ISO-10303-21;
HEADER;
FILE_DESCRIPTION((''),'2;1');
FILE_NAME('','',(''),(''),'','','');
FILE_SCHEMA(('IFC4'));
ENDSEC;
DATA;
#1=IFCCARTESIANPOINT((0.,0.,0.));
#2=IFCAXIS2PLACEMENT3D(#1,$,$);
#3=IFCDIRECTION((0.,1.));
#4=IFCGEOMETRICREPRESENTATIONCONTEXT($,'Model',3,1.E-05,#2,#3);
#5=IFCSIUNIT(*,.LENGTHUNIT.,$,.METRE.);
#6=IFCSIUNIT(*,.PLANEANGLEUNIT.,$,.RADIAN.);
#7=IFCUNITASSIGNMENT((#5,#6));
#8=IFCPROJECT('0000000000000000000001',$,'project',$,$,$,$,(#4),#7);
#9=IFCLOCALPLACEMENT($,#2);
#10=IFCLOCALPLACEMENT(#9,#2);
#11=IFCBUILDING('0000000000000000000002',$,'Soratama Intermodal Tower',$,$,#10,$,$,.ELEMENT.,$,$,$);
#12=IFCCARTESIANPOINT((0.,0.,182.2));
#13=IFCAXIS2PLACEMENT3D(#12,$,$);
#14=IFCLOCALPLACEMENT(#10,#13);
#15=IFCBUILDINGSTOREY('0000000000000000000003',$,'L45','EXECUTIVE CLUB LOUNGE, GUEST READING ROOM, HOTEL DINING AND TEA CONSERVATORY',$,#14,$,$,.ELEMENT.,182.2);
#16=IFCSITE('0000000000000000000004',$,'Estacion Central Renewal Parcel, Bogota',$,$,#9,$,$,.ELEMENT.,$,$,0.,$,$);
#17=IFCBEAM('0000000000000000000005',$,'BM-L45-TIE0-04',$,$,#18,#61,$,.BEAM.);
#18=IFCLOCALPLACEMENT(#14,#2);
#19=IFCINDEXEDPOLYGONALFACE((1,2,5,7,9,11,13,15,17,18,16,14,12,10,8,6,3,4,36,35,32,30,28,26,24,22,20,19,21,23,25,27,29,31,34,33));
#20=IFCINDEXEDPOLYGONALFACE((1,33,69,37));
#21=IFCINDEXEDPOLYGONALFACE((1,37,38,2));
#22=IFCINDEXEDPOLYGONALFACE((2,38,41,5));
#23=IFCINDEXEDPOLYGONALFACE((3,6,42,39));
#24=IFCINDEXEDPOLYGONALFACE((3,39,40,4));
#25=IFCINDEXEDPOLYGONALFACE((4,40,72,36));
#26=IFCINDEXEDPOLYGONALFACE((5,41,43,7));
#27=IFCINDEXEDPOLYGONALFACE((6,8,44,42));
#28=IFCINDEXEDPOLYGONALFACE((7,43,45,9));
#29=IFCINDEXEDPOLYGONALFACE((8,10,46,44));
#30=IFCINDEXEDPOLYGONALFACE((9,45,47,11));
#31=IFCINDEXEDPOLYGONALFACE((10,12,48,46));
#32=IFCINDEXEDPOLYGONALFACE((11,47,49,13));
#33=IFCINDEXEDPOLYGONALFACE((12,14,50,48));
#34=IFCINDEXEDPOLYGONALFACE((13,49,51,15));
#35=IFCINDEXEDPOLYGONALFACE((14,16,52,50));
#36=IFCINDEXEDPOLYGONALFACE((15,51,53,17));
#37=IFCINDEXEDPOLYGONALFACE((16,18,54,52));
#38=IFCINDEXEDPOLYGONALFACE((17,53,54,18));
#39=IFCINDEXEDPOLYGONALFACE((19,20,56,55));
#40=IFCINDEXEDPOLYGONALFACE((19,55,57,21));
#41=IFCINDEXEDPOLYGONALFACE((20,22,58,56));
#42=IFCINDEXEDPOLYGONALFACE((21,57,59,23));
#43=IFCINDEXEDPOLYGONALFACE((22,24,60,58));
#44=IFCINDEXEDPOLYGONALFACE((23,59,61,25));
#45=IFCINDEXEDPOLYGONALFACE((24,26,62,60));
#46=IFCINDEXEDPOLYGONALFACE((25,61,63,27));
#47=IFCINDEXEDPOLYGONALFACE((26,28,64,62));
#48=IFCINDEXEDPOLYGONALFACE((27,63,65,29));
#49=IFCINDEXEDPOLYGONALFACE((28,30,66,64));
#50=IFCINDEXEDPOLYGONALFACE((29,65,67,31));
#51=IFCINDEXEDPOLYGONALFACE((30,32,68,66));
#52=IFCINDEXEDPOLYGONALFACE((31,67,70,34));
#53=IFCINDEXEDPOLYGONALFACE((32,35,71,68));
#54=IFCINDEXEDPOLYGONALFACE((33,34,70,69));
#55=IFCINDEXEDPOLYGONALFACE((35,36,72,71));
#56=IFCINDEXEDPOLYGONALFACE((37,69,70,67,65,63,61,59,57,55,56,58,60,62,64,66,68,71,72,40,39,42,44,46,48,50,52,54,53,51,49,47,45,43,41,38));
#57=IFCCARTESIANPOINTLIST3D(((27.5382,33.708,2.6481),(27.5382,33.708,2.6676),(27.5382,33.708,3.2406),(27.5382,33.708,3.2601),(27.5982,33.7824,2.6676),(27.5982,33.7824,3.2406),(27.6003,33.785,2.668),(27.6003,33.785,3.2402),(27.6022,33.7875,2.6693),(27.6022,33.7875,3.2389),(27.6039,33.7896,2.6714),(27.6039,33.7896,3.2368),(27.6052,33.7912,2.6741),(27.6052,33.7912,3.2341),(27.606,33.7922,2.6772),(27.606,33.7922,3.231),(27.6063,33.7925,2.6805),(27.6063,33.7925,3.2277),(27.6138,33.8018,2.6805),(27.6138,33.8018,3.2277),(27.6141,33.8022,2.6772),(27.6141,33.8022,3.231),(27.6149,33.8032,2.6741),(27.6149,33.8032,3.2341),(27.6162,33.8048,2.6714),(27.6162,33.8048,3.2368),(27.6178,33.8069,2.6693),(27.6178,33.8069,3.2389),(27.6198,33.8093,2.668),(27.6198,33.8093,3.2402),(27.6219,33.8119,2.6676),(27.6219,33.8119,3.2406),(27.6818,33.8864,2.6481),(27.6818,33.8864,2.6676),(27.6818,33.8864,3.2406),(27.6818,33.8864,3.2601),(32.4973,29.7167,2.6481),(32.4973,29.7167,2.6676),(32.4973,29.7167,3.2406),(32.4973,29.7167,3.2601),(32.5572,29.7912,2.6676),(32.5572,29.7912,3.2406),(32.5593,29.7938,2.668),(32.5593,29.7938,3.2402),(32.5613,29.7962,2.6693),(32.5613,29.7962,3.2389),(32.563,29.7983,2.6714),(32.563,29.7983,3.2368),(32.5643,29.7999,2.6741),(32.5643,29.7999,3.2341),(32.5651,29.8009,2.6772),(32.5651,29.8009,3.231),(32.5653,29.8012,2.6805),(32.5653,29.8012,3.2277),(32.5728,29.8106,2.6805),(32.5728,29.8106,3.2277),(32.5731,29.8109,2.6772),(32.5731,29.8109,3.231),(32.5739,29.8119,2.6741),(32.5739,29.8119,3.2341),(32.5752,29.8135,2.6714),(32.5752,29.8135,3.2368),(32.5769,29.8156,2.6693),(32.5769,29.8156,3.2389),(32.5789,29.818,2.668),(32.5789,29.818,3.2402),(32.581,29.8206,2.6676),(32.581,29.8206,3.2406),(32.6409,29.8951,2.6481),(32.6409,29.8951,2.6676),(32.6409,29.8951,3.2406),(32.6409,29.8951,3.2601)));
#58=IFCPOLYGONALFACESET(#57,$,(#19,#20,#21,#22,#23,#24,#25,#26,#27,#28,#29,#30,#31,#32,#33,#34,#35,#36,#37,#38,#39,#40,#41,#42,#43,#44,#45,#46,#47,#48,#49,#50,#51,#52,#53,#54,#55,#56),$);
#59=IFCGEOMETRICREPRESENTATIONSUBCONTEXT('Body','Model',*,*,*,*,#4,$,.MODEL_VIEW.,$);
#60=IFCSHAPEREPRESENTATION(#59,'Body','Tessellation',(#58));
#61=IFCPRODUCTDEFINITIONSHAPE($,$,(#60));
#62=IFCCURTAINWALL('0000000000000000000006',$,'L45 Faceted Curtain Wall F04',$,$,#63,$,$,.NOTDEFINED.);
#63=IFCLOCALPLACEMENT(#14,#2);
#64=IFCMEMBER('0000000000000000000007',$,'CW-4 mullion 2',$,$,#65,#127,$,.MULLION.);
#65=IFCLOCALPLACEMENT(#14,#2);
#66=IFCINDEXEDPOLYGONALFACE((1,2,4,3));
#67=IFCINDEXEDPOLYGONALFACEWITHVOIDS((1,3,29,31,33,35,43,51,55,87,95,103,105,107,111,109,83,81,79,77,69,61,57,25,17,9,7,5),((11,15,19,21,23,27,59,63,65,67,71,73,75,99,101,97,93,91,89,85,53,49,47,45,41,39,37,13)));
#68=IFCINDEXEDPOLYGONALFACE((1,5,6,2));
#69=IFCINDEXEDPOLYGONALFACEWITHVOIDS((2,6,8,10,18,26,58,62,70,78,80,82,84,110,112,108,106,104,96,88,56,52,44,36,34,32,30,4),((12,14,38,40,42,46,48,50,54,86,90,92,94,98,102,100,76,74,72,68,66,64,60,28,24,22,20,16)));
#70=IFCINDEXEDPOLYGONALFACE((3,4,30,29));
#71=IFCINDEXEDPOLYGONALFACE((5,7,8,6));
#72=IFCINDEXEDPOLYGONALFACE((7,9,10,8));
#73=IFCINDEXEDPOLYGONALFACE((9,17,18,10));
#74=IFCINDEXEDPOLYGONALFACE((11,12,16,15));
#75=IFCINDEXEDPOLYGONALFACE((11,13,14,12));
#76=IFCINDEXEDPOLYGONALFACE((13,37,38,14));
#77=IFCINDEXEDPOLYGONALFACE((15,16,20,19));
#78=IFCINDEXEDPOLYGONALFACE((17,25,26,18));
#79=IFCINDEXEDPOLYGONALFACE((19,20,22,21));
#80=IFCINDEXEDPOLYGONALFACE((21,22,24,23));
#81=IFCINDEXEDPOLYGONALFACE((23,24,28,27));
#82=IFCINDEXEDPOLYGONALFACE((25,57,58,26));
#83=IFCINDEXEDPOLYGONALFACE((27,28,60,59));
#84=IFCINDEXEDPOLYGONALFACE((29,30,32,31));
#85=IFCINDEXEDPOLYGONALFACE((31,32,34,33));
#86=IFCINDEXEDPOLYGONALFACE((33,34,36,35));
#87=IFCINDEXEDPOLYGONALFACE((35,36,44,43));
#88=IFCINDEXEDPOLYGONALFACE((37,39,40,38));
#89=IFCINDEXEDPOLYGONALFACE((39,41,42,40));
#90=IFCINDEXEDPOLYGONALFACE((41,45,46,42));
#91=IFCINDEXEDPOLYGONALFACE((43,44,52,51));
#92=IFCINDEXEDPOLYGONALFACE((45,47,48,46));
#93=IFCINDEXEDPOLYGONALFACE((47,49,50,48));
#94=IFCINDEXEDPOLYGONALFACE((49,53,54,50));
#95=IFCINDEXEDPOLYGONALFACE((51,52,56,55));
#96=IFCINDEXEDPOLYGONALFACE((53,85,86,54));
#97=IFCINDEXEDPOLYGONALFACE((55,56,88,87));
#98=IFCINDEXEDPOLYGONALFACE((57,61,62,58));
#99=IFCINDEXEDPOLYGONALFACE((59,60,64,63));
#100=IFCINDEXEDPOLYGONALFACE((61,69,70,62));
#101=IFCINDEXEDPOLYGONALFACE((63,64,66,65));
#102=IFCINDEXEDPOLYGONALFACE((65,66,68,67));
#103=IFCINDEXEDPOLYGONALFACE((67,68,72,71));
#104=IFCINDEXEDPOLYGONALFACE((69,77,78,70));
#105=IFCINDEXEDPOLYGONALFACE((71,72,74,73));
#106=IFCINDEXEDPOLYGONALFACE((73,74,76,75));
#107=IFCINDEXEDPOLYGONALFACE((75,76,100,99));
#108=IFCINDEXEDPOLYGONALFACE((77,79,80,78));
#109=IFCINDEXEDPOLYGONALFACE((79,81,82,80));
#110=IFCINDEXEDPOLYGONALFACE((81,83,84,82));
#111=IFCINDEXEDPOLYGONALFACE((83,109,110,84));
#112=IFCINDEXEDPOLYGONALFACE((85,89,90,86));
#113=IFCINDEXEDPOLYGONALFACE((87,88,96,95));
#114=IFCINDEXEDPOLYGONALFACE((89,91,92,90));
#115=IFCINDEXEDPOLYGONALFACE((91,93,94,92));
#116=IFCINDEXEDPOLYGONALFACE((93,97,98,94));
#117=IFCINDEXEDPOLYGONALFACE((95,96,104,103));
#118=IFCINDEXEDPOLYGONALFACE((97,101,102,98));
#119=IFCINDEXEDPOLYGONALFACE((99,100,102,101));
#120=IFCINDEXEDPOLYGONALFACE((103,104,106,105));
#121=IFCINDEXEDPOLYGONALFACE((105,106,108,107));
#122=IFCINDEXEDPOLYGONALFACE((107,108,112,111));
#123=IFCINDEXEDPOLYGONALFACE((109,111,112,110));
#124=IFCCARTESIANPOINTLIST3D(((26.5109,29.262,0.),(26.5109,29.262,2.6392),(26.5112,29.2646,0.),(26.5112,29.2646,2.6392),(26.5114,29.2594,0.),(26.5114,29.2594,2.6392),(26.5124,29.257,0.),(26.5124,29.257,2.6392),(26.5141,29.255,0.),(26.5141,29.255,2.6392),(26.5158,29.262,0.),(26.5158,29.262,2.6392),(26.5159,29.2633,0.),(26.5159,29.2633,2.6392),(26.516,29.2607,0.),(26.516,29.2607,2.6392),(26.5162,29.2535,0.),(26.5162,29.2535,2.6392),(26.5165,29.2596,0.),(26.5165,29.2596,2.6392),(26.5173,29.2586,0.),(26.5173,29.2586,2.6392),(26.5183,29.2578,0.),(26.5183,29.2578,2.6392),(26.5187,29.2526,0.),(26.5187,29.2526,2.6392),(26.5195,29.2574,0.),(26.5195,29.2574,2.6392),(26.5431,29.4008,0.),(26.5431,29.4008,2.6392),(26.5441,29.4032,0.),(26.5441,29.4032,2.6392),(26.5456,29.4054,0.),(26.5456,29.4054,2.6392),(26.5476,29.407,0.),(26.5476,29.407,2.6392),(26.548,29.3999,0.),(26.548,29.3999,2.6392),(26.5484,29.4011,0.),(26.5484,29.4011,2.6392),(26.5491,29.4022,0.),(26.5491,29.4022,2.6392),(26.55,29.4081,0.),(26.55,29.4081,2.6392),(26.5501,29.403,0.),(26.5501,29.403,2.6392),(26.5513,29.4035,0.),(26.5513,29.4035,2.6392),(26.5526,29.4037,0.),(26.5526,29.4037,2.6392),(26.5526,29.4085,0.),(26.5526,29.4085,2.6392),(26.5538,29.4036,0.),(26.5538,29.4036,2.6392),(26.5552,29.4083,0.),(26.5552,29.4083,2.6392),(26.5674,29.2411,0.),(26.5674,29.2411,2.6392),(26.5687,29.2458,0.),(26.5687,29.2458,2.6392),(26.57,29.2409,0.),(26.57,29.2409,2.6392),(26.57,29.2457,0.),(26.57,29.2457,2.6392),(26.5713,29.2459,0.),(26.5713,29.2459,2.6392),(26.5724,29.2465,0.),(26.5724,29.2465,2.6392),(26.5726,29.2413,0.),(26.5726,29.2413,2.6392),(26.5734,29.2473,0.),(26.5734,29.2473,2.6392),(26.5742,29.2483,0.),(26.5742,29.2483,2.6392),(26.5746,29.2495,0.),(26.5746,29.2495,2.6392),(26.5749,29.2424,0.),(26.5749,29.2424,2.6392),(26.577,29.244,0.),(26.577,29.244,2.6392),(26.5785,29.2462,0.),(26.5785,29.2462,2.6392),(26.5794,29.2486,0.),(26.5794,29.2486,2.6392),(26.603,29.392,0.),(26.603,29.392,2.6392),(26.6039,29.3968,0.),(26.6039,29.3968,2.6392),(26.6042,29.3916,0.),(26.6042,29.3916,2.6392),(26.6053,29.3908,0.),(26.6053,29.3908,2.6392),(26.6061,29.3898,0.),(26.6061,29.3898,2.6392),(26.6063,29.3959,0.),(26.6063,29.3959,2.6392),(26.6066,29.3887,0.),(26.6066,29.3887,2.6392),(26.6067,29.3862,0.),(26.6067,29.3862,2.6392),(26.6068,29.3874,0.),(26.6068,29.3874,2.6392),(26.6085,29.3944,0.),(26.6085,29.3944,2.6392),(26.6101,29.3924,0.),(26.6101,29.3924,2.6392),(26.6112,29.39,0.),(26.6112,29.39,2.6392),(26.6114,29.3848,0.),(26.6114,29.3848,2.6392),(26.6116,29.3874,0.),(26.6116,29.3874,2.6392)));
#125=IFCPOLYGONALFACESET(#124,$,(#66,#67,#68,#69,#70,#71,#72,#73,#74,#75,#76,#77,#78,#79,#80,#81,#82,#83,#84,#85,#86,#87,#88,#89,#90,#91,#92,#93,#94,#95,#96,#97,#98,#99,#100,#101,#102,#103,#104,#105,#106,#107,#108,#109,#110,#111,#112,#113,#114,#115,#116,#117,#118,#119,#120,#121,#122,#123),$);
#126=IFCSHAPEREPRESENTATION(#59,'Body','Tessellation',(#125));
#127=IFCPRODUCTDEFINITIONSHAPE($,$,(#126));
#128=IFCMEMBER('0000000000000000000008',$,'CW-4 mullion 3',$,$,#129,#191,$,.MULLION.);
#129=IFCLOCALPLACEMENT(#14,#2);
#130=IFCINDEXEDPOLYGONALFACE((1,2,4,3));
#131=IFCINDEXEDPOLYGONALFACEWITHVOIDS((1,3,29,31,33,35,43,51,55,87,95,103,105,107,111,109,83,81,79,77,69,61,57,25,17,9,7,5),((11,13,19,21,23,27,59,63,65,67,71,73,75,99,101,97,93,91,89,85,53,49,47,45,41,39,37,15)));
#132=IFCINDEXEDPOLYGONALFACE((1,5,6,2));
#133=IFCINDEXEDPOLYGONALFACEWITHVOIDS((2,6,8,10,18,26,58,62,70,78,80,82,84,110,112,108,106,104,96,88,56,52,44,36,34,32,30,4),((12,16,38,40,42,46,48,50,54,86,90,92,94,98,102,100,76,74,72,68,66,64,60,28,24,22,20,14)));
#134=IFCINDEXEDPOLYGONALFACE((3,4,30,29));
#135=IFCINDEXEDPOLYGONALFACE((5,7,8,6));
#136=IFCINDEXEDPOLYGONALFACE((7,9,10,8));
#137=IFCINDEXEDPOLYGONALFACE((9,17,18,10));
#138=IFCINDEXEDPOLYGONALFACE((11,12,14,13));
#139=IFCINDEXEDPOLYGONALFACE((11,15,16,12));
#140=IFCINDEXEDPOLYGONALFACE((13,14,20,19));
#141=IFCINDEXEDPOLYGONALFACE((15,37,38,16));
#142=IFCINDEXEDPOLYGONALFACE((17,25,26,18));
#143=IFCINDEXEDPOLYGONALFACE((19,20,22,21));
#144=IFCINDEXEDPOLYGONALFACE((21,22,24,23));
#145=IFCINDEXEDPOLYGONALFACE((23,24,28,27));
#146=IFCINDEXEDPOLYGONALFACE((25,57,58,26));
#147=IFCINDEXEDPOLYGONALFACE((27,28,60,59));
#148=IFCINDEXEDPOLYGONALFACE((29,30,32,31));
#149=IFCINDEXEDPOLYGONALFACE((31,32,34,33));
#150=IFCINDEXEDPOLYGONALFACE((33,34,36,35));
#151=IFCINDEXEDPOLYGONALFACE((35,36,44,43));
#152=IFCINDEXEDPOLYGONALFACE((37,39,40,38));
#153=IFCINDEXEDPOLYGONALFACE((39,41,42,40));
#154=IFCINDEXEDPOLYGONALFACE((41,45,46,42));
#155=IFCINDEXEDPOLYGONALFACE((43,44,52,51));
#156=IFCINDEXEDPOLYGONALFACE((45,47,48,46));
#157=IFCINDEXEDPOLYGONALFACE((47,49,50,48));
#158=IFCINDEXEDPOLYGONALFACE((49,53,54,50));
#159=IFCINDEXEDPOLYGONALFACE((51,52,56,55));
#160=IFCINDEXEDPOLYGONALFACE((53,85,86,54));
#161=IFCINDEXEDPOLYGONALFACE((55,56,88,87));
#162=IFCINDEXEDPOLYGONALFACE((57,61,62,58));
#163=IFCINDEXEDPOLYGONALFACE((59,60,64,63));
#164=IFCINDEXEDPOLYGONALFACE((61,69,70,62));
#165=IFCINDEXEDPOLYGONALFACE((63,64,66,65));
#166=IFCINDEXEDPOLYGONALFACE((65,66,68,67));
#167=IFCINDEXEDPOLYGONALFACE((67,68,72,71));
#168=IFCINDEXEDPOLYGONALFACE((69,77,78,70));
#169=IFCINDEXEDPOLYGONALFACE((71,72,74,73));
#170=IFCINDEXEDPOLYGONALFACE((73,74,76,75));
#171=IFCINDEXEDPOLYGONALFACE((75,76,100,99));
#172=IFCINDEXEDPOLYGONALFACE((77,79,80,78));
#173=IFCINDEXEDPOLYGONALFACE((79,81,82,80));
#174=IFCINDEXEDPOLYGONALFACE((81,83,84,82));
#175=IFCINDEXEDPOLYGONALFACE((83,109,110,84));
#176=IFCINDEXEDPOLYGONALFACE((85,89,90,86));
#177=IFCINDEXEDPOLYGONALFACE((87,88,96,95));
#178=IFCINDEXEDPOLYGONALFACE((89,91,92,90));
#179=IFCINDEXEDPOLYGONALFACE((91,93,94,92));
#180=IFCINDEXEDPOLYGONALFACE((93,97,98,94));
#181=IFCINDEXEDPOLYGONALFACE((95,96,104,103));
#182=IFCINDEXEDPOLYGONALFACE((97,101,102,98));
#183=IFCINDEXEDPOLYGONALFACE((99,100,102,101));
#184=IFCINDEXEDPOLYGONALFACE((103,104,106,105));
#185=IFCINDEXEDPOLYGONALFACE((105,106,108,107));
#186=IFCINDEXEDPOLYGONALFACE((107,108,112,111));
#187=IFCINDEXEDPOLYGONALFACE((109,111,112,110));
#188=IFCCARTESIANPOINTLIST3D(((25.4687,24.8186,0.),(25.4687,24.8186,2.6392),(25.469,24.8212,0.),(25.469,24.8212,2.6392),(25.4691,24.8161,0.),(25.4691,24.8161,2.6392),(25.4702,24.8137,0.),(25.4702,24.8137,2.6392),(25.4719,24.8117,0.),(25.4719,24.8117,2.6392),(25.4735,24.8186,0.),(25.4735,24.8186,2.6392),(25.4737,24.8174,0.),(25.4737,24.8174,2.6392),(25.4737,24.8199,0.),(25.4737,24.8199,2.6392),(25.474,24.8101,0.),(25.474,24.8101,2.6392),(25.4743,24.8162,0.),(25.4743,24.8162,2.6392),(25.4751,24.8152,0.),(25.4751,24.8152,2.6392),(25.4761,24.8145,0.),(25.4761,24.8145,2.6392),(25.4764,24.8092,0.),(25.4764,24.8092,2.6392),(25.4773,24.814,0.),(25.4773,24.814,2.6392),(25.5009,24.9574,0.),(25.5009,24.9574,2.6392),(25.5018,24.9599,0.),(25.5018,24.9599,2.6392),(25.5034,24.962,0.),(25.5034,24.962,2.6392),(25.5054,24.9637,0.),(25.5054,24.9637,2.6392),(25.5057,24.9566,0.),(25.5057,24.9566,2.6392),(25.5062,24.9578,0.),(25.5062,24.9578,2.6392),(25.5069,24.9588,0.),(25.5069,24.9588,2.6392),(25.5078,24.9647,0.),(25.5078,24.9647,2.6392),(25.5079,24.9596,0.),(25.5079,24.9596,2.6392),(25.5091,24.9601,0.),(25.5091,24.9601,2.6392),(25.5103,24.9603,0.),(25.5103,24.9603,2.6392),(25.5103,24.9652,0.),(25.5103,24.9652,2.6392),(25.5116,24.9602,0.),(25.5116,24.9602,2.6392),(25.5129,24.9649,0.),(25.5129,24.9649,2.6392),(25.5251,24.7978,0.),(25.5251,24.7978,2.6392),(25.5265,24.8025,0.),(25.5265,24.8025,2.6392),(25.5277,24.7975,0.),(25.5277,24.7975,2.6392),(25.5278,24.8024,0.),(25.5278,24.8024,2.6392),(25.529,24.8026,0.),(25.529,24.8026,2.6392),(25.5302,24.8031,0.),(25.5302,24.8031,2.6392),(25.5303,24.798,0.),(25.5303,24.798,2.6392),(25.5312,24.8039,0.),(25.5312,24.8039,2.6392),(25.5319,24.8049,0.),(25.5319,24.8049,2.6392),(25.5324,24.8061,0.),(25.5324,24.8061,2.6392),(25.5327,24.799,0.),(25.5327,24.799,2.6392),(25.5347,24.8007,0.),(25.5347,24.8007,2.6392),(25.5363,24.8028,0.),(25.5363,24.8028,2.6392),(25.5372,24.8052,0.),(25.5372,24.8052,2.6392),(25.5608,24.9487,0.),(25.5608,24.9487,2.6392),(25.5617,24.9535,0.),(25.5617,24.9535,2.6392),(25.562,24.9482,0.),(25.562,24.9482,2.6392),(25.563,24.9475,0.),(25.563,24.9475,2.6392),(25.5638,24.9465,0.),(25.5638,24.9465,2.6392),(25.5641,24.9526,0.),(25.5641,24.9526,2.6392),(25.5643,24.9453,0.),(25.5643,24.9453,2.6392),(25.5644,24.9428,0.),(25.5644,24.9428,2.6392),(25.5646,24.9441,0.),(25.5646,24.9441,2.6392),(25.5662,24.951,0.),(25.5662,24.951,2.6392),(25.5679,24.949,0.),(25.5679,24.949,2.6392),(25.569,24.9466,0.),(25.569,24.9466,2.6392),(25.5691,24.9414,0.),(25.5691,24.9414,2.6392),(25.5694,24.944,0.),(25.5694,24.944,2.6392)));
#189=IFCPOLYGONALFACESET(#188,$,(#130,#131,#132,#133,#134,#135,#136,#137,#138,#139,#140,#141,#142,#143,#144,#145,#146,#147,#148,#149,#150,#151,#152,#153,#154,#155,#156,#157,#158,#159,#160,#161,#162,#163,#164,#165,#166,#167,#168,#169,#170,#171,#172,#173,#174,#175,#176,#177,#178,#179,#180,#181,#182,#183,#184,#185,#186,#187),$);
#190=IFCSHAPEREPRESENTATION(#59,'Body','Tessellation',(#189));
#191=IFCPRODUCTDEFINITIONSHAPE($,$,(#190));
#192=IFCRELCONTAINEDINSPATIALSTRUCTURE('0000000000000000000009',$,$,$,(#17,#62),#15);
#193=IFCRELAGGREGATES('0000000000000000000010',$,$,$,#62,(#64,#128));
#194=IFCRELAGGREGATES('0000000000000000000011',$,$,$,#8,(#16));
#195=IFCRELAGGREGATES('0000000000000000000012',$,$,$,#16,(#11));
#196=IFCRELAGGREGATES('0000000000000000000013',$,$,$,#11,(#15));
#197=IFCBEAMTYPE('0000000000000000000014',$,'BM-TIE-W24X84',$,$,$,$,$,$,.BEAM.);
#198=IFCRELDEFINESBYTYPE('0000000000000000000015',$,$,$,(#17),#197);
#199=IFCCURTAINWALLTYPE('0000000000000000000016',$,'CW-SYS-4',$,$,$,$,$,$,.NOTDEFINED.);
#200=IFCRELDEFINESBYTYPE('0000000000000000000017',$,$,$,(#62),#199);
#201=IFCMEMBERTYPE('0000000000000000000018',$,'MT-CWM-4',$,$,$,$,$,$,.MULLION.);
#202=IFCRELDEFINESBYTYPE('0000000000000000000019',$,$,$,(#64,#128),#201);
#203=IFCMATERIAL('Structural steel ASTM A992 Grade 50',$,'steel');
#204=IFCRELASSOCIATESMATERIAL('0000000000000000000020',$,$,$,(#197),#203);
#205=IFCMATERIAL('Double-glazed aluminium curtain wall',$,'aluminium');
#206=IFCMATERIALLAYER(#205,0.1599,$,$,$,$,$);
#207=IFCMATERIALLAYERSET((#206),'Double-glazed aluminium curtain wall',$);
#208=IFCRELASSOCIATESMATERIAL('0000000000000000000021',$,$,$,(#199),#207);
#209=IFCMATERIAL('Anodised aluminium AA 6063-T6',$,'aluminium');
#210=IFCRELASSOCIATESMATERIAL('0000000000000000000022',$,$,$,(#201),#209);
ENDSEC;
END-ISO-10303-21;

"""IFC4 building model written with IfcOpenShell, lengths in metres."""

from ifc_helpers import new_model, si_unit, direction, frame, origin, origin_2d, place, context, subcontext, project, spatial, hollow_rectangle, i_section, extrude, material, layer, layer_set, material_profile, profile_set, type_object, element, aggregate, save


model = new_model("IFC4")

# Units and contexts
model_context = context("Model", 3, precision=1e-05, world=origin(), true_north=direction((0.0, 1.0)))
body_context = subcontext(model_context, "Body", "Model", "MODEL_VIEW")
ifc_project = project(units=[si_unit("LENGTHUNIT", "METRE"), si_unit("PLANEANGLEUNIT", "RADIAN")], contexts=[model_context])

# Site, building, storey
site_placement = place(None, origin())
site = spatial("IfcSite", under=ifc_project, at=site_placement, Name="Estacion Central Renewal Parcel, Bogota", CompositionType="ELEMENT", RefElevation=0.0)
building_placement = place(site_placement, origin())
building = spatial("IfcBuilding", under=site, at=building_placement, Name="Soratama Intermodal Tower", CompositionType="ELEMENT")
storey_placement = place(building_placement, frame((0.0, 0.0, 182.2)))
storey = spatial("IfcBuildingStorey", under=building, at=storey_placement, Name="L45", Description="EXECUTIVE CLUB LOUNGE, GUEST READING ROOM, HOTEL DINING AND TEA CONSERVATORY", CompositionType="ELEMENT", Elevation=182.2)

# Beam
ifc_material_1 = material(Name="Structural steel ASTM A992 Grade 50", Category="steel")
ifc_material_profile_1 = material_profile(ifc_material_1, i_section(OverallWidth=0.229, OverallDepth=0.6121, WebThickness=0.012, FlangeThickness=0.0195, FilletRadius=0.0129, at=origin_2d()), Name="W24X84")
ifc_profile_set_1 = profile_set([ifc_material_profile_1], Name="Structural steel ASTM A992 Grade 50")
beam_type_1 = type_object("IfcBeamType", Name="BM-TIE-W24X84", PredefinedType="BEAM", material=ifc_profile_set_1)
beam_1_placement = place(storey_placement, frame((32.5691, 29.8059, 2.9541), z_axis=(-0.779024, 0.626994, 0.0), x_axis=(-0.626994, -0.779024, 0.0)))
element("IfcBeam", 1, at=beam_1_placement, inside=storey, type_object=beam_type_1, Name="BM-L45-TIE0-04", PredefinedType="BEAM", context=body_context, shape_type="SweptSolid", body=[
    extrude(i_section(OverallWidth=0.229, OverallDepth=0.6121, WebThickness=0.012, FlangeThickness=0.0195, FilletRadius=0.0129, at=origin_2d()), origin(), (0.0, 0.0, 1.0), 6.3657),
])

# Curtain wall, members
ifc_material_2 = material(Name="Double-glazed aluminium curtain wall", Category="aluminium")
ifc_layer_1 = layer(ifc_material_2, 0.1599)
ifc_layer_set_1 = layer_set([ifc_layer_1], Name="Double-glazed aluminium curtain wall")
curtain_wall_type = type_object("IfcCurtainWallType", Name="CW-SYS-4", PredefinedType="NOTDEFINED", material=ifc_layer_set_1)
curtain_wall_placement = place(storey_placement, origin())
curtain_wall = element("IfcCurtainWall", 2, at=curtain_wall_placement, inside=storey, type_object=curtain_wall_type, Name="L45 Faceted Curtain Wall F04", PredefinedType="NOTDEFINED")
ifc_material_3 = material(Name="Anodised aluminium AA 6063-T6", Category="aluminium")
ifc_material_profile_2 = material_profile(ifc_material_3, hollow_rectangle(XDim=0.0701, YDim=0.1599, WallThickness=0.0049, InnerFilletRadius=0.0049, OuterFilletRadius=0.01, at=origin_2d()), Name="CWM160X70X5")
ifc_profile_set_2 = profile_set([ifc_material_profile_2], Name="Anodised aluminium AA 6063-T6")
member_type_1 = type_object("IfcMemberType", Name="MT-CWM-4", PredefinedType="MULLION", material=ifc_profile_set_2)
member_1_placement = place(storey_placement, frame((26.5613, 29.3247, 0.0), z_axis=(0.0, 0.0, 1.0), x_axis=(0.973579, -0.228351, 0.0)))
member_1 = element("IfcMember", 3, at=member_1_placement, type_object=member_type_1, Name="CW-4 mullion 2", PredefinedType="MULLION", context=body_context, shape_type="SweptSolid", body=[
    extrude(hollow_rectangle(XDim=0.0701, YDim=0.1599, WallThickness=0.0049, InnerFilletRadius=0.0049, OuterFilletRadius=0.01, at=origin_2d()), origin(), (0.0, 0.0, 1.0), 2.6392),
])
member_2_placement = place(storey_placement, frame((25.519, 24.8813, 0.0), z_axis=(0.0, 0.0, 1.0), x_axis=(0.973579, -0.228351, 0.0)))
member_2 = element("IfcMember", 4, at=member_2_placement, type_object=member_type_1, Name="CW-4 mullion 3", PredefinedType="MULLION", context=body_context, shape_type="SweptSolid", body=[
    extrude(hollow_rectangle(XDim=0.0701, YDim=0.1599, WallThickness=0.0049, InnerFilletRadius=0.0049, OuterFilletRadius=0.01, at=origin_2d()), origin(), (0.0, 0.0, 1.0), 2.6392),
])
aggregate(curtain_wall, [member_1, member_2])

save(model, "model.ifc")
